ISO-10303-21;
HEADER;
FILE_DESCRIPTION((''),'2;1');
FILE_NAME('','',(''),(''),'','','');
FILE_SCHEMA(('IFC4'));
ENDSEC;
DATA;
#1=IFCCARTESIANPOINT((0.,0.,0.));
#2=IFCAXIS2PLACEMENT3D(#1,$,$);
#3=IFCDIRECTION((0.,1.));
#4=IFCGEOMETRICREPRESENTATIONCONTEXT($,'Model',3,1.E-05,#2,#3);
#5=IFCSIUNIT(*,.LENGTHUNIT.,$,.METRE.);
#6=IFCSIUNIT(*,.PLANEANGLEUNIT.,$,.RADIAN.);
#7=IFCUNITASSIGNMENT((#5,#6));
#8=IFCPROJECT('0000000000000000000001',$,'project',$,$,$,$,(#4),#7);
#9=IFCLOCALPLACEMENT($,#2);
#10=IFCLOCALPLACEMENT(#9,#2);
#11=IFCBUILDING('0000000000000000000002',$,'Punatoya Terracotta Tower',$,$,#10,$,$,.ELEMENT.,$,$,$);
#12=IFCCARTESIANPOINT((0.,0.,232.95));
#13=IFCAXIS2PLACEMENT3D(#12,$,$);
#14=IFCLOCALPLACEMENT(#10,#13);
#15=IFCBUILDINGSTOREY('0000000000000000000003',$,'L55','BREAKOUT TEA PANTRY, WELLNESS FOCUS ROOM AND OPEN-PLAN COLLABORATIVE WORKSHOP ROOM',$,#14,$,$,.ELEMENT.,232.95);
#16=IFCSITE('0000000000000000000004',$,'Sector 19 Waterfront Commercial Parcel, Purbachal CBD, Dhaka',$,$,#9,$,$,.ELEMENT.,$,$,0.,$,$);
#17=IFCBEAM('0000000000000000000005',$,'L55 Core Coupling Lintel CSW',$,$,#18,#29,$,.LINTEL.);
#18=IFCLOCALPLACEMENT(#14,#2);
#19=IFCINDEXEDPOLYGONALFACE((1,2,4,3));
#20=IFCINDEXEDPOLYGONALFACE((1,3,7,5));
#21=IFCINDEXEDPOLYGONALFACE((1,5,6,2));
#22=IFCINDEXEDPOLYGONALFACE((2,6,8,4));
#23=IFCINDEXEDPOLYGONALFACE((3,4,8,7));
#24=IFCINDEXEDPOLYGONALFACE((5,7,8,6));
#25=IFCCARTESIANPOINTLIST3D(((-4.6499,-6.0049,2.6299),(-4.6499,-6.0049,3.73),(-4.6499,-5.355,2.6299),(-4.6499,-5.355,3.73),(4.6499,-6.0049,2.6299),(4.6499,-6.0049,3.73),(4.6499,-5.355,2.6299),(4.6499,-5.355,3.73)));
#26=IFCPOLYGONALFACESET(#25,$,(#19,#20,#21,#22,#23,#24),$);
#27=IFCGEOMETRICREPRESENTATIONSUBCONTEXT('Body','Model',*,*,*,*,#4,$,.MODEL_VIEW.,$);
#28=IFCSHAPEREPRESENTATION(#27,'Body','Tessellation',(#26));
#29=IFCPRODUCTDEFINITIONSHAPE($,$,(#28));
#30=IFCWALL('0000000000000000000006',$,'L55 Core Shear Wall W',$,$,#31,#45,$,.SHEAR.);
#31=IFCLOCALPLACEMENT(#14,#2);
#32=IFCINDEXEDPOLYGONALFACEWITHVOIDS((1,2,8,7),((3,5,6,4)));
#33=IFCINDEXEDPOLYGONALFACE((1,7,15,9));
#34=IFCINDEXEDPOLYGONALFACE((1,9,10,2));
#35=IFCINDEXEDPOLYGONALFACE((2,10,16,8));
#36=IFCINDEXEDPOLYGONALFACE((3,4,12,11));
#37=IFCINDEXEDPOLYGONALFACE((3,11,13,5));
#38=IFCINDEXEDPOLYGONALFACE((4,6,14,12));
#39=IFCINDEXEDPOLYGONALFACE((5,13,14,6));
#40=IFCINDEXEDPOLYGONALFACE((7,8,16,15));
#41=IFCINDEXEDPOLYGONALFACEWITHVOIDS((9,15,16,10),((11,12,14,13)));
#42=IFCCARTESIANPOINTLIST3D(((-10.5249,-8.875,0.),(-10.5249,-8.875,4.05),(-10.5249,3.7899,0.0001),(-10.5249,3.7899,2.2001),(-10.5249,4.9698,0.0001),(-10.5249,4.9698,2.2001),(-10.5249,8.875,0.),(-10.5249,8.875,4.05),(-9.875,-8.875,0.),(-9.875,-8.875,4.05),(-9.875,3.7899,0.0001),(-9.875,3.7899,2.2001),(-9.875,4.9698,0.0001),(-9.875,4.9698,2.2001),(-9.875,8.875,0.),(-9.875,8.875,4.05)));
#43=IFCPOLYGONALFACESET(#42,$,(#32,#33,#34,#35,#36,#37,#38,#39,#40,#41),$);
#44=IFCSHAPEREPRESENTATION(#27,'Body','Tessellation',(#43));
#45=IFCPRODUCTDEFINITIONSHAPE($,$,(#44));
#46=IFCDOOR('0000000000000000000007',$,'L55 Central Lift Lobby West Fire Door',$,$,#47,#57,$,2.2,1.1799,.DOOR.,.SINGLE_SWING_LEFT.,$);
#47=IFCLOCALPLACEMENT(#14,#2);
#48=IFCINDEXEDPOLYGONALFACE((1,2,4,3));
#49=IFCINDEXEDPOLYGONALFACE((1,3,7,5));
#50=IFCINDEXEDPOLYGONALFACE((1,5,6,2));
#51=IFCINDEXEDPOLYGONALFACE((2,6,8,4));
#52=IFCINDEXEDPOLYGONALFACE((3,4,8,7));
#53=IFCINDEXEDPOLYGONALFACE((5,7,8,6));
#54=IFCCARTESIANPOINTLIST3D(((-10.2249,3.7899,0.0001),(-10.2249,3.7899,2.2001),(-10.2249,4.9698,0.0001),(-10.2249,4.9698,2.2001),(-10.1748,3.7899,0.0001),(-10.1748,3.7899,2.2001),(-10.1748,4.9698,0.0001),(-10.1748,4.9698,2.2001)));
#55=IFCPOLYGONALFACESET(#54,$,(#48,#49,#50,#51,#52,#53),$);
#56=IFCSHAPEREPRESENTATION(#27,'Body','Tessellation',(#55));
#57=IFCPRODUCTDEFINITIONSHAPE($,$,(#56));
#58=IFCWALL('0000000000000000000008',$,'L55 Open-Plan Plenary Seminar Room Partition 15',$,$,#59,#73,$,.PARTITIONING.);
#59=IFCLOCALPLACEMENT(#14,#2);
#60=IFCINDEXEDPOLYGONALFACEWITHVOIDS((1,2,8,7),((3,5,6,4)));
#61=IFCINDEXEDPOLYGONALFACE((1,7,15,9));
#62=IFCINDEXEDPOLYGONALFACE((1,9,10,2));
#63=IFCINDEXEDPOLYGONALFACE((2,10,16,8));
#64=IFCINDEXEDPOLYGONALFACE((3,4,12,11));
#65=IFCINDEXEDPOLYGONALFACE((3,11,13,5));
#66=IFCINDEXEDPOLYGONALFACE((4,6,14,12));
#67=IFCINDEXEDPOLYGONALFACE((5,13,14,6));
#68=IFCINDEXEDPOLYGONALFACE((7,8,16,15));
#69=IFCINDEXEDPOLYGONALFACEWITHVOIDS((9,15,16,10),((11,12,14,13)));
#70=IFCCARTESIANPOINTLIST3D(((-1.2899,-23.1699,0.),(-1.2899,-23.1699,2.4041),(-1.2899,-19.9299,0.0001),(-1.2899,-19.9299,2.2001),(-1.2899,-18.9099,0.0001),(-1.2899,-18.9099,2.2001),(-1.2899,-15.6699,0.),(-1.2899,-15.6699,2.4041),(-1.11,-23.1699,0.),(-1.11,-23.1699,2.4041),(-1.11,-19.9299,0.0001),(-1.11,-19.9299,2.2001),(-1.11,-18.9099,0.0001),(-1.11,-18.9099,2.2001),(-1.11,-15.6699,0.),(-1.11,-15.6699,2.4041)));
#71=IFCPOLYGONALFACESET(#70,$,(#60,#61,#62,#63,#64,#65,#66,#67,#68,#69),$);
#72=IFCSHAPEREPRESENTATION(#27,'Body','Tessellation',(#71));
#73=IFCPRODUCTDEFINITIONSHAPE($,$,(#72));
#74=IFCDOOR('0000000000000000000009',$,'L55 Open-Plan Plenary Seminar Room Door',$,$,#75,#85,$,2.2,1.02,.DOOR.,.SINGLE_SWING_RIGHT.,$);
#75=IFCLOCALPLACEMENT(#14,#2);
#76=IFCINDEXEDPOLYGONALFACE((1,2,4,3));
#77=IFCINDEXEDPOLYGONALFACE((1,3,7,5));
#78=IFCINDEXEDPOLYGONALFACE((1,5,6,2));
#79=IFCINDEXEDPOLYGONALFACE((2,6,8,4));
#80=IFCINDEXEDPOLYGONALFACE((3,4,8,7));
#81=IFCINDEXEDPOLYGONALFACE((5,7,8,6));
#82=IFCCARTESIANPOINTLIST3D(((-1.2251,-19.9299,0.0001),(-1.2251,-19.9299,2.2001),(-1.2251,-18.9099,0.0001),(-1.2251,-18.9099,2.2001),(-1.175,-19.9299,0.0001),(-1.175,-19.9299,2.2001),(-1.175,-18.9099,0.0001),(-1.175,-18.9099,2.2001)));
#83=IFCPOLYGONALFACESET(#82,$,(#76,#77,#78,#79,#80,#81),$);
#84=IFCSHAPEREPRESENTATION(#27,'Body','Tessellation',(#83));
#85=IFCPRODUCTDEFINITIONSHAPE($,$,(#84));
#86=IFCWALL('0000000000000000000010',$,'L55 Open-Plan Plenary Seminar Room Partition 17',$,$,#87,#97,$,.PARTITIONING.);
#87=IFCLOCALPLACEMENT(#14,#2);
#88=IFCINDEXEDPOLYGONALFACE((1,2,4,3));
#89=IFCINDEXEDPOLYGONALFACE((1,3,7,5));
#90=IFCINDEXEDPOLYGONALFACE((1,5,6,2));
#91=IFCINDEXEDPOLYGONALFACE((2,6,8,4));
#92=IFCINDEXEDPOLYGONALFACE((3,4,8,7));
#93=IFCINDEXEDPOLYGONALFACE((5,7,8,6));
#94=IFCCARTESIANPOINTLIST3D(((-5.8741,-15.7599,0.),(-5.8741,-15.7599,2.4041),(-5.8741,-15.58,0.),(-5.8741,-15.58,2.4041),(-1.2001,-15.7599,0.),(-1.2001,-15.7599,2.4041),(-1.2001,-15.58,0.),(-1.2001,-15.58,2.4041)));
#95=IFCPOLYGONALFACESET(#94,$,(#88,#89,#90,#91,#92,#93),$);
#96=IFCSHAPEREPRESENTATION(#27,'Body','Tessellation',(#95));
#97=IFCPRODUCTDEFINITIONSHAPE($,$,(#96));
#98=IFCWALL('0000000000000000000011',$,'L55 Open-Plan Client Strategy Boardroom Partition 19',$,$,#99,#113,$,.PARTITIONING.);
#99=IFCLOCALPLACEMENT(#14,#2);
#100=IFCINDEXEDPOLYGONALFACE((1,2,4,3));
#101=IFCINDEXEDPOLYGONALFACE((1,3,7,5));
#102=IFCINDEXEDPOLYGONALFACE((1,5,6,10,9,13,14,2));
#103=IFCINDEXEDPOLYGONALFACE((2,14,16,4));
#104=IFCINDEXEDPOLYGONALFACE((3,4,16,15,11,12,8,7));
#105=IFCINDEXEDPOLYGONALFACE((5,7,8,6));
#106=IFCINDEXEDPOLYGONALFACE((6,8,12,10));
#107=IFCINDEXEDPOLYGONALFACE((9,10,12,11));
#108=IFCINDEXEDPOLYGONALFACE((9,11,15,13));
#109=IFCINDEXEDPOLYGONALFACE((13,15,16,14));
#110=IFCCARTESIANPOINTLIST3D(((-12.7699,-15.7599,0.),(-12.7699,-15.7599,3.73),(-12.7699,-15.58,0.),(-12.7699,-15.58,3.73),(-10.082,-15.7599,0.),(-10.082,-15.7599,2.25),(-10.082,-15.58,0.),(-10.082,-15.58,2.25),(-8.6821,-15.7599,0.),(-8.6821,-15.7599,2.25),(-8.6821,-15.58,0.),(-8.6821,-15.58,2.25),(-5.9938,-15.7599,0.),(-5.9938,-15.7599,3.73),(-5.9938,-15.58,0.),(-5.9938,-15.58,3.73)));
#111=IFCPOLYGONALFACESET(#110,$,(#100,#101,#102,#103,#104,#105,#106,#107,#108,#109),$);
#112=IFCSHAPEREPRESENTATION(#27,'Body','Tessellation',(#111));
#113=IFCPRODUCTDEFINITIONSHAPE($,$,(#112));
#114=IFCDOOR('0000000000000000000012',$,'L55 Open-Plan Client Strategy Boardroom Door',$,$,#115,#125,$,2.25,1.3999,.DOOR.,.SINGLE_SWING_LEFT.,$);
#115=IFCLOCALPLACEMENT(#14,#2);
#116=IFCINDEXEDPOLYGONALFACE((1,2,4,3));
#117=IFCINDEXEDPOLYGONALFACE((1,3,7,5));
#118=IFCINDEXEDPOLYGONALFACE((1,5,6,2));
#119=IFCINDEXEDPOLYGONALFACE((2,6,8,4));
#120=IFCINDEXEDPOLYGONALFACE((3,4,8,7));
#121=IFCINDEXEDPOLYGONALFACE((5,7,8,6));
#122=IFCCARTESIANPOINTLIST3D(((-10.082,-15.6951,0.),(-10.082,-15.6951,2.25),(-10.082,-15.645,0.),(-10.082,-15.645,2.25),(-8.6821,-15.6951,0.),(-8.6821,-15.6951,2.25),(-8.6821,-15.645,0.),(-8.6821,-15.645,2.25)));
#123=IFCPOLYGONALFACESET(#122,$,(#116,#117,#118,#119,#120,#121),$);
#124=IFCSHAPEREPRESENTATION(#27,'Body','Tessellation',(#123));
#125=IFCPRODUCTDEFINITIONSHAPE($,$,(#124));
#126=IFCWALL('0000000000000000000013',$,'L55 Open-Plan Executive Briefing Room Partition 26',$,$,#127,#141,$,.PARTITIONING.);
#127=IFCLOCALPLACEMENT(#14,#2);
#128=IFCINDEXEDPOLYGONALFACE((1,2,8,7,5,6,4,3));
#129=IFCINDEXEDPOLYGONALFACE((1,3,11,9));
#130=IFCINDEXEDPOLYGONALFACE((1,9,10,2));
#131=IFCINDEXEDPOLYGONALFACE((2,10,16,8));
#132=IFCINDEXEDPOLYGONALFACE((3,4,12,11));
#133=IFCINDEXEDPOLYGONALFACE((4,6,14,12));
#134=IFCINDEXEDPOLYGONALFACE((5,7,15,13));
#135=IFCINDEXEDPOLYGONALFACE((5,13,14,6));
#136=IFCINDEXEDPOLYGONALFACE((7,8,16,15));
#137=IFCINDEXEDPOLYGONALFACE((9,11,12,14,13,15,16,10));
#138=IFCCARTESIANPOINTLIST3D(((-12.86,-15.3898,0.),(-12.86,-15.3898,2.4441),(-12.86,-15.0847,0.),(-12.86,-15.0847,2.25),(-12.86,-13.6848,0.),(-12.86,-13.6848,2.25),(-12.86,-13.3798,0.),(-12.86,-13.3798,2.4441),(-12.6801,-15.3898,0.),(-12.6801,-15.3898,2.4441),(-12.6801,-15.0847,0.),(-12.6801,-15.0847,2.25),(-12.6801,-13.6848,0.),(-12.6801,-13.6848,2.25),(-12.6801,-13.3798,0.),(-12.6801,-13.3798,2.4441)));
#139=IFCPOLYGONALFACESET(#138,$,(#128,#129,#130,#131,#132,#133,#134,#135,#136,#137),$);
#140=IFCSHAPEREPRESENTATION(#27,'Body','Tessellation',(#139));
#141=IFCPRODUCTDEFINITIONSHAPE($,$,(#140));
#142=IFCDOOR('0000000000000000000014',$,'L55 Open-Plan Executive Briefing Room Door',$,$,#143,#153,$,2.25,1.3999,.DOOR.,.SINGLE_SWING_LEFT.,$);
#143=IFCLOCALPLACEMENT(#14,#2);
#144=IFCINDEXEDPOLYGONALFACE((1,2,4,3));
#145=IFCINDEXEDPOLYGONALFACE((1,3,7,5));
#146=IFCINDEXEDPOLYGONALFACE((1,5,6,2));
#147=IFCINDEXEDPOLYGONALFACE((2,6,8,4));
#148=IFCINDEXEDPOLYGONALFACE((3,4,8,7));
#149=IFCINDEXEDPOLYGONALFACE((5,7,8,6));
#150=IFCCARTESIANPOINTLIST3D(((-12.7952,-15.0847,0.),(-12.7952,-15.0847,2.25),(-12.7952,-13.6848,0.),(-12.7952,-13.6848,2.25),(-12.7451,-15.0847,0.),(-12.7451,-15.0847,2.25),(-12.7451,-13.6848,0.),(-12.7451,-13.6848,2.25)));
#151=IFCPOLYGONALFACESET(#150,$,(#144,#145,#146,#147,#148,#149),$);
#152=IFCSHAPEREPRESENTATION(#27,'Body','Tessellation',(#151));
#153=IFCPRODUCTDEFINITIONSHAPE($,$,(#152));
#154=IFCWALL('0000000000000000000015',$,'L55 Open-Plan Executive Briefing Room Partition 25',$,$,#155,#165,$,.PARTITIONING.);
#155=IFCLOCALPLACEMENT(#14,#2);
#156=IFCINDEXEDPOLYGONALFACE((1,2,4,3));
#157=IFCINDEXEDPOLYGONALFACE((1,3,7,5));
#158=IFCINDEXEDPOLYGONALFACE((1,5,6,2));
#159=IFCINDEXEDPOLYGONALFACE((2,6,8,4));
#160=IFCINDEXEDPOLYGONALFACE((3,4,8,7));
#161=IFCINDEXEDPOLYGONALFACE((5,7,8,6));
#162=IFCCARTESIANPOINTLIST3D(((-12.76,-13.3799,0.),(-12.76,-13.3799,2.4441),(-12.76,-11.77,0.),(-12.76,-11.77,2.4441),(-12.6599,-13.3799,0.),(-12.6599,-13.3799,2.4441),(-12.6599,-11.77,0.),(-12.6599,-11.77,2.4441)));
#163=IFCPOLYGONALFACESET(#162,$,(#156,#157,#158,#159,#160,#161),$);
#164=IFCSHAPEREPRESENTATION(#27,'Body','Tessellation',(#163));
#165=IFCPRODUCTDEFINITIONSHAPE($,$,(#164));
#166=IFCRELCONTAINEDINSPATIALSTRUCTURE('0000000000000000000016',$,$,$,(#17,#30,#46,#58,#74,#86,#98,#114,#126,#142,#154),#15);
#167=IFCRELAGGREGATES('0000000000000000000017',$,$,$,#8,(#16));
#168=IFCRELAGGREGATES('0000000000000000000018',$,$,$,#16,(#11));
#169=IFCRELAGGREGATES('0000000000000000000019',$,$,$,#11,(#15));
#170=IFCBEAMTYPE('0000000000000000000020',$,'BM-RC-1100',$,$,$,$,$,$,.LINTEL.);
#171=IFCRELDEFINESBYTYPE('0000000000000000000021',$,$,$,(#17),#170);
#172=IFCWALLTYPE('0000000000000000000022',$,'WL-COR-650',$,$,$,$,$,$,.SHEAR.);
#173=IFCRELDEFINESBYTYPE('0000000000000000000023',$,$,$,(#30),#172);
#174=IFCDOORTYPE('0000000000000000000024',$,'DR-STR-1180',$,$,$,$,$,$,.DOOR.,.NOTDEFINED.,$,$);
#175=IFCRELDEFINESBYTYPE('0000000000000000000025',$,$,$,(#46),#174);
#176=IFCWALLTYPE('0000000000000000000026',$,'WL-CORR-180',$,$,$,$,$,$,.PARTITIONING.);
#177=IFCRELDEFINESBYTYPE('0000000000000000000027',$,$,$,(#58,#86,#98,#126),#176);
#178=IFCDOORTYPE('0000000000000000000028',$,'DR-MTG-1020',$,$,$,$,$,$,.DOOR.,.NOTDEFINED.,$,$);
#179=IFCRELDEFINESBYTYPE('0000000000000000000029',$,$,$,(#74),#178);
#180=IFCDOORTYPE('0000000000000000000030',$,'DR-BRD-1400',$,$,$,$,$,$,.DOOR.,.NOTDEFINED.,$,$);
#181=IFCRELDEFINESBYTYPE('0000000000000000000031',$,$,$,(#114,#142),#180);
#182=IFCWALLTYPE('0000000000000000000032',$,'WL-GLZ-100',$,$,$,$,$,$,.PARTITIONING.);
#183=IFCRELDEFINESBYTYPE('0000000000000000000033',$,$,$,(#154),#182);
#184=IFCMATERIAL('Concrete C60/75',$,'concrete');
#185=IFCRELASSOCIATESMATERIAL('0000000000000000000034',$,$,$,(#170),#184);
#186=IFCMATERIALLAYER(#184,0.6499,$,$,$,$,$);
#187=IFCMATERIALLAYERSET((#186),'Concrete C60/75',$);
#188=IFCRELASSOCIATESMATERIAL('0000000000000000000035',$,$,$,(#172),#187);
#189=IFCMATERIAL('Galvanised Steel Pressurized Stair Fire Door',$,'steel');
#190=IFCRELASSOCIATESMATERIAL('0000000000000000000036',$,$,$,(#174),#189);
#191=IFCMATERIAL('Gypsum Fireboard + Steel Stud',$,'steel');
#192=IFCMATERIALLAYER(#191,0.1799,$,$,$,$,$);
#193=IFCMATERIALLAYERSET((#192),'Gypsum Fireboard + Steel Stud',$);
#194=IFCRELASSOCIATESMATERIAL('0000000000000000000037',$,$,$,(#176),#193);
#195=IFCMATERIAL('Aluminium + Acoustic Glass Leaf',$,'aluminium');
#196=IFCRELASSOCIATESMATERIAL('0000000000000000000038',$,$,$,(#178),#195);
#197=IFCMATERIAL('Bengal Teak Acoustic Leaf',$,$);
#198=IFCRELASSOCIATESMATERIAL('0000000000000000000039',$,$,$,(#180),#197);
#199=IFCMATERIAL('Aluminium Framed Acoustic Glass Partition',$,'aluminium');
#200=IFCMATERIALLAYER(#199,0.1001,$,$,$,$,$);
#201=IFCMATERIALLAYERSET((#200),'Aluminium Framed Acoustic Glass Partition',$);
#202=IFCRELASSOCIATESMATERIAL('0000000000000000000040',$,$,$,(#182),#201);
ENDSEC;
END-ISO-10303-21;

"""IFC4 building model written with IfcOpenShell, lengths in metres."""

from ifc_helpers import new_model, si_unit, direction, frame, frame_2d, origin, origin_2d, place, context, subcontext, project, spatial, rectangle, extrude, material, layer, layer_set, material_profile, profile_set, type_object, element, fill, save


model = new_model("IFC4")

# Units and contexts
model_context = context("Model", 3, precision=1e-05, world=origin(), true_north=direction((0.0, 1.0)))
body_context = subcontext(model_context, "Body", "Model", "MODEL_VIEW")
ifc_project = project(units=[si_unit("LENGTHUNIT", "METRE"), si_unit("PLANEANGLEUNIT", "RADIAN")], contexts=[model_context])

# Site, building, storey
site_placement = place(None, origin())
site = spatial("IfcSite", under=ifc_project, at=site_placement, Name="Sector 19 Waterfront Commercial Parcel, Purbachal CBD, Dhaka", CompositionType="ELEMENT", RefElevation=0.0)
building_placement = place(site_placement, origin())
building = spatial("IfcBuilding", under=site, at=building_placement, Name="Punatoya Terracotta Tower", CompositionType="ELEMENT")
storey_placement = place(building_placement, frame((0.0, 0.0, 232.95)))
storey = spatial("IfcBuildingStorey", under=building, at=storey_placement, Name="L55", Description="BREAKOUT TEA PANTRY, WELLNESS FOCUS ROOM AND OPEN-PLAN COLLABORATIVE WORKSHOP ROOM", CompositionType="ELEMENT", Elevation=232.95)

# Beam
ifc_material_1 = material(Name="Concrete C60/75", Category="concrete")
ifc_material_profile = material_profile(ifc_material_1, rectangle(XDim=0.6499, YDim=1.1001, at=origin_2d()))
ifc_profile_set = profile_set([ifc_material_profile], Name="Concrete C60/75")
beam_type = type_object("IfcBeamType", Name="BM-RC-1100", PredefinedType="LINTEL", material=ifc_profile_set)
beam_placement = place(storey_placement, frame((-4.6499, -5.6799, 3.1799), z_axis=(1.0, 0.0, 0.0), x_axis=(0.0, 1.0, 0.0)))
element("IfcBeam", 1, at=beam_placement, inside=storey, type_object=beam_type, Name="L55 Core Coupling Lintel CSW", PredefinedType="LINTEL", context=body_context, shape_type="SweptSolid", body=[
    extrude(rectangle(XDim=0.6499, YDim=1.1001, at=origin_2d()), origin(), (0.0, 0.0, 1.0), 9.2998),
])

# Walls, openings, doors
ifc_layer_1 = layer(ifc_material_1, 0.6499)
ifc_layer_set_1 = layer_set([ifc_layer_1], Name="Concrete C60/75")
wall_type_1 = type_object("IfcWallType", Name="WL-COR-650", PredefinedType="SHEAR", material=ifc_layer_set_1)
wall_1_placement = place(storey_placement, frame((-10.2, -8.875, 0.0), z_axis=(0.0, 0.0, 1.0), x_axis=(0.0, 1.0, 0.0)))
wall_1 = element("IfcWall", 2, at=wall_1_placement, inside=storey, type_object=wall_type_1, Name="L55 Core Shear Wall W", PredefinedType="SHEAR", context=body_context, shape_type="SweptSolid", body=[
    extrude(rectangle(XDim=17.75, YDim=0.6499, at=frame_2d((8.875, 0.0))), origin(), (0.0, 0.0, 1.0), 4.05),
])
opening_1_placement = place(wall_1_placement, frame((12.665, 0.0, 0.0)))
opening_1 = element("IfcOpeningElement", 3, at=opening_1_placement, cuts=wall_1, PredefinedType="OPENING", context=body_context, shape_type="SweptSolid", body=[
    extrude(rectangle(XDim=1.1799, YDim=2.2, at=frame_2d((0.5898, 1.1001))), frame((0.0, 0.335, 0.0), z_axis=(0.0, -1.0, 0.0), x_axis=(1.0, 0.0, 0.0)), (0.0, 0.0, 1.0), 0.6699),
])
ifc_material_2 = material(Name="Galvanised Steel Pressurized Stair Fire Door", Category="steel")
door_type_1 = type_object("IfcDoorType", Name="DR-STR-1180", OperationType="NOTDEFINED", PredefinedType="DOOR", material=ifc_material_2)
door_1_placement = place(opening_1_placement, origin())
door_1 = element("IfcDoor", 4, at=door_1_placement, inside=storey, type_object=door_type_1, Name="L55 Central Lift Lobby West Fire Door", OperationType="SINGLE_SWING_LEFT", OverallHeight=2.2, OverallWidth=1.1799, PredefinedType="DOOR", context=body_context, shape_type="SweptSolid", body=[
    extrude(rectangle(XDim=1.1799, YDim=2.2, at=frame_2d((0.5898, 1.1001))), frame((0.0, 0.0249, 0.0), z_axis=(0.0, -1.0, 0.0), x_axis=(1.0, 0.0, 0.0)), (0.0, 0.0, 1.0), 0.05),
])
fill(opening_1, door_1)
ifc_material_3 = material(Name="Gypsum Fireboard + Steel Stud", Category="steel")
ifc_layer_2 = layer(ifc_material_3, 0.1799)
ifc_layer_set_2 = layer_set([ifc_layer_2], Name="Gypsum Fireboard + Steel Stud")
wall_type_2 = type_object("IfcWallType", Name="WL-CORR-180", PredefinedType="PARTITIONING", material=ifc_layer_set_2)
wall_2_placement = place(storey_placement, frame((-1.2, -15.6699, 0.0), z_axis=(0.0, 0.0, 1.0), x_axis=(0.0, -1.0, 0.0)))
wall_2 = element("IfcWall", 5, at=wall_2_placement, inside=storey, type_object=wall_type_2, Name="L55 Open-Plan Plenary Seminar Room Partition 15", PredefinedType="PARTITIONING", context=body_context, shape_type="SweptSolid", body=[
    extrude(rectangle(XDim=7.5, YDim=0.1799, at=frame_2d((3.75, 0.0))), origin(), (0.0, 0.0, 1.0), 2.4041),
])
opening_2_placement = place(wall_2_placement, frame((3.24, 0.0, 0.0)))
opening_2 = element("IfcOpeningElement", 6, at=opening_2_placement, cuts=wall_2, PredefinedType="OPENING", context=body_context, shape_type="SweptSolid", body=[
    extrude(rectangle(XDim=1.02, YDim=2.2, at=frame_2d((0.51, 1.1001))), frame((0.0, 0.0999, 0.0), z_axis=(0.0, -1.0, 0.0), x_axis=(1.0, 0.0, 0.0)), (0.0, 0.0, 1.0), 0.2),
])
ifc_material_4 = material(Name="Aluminium + Acoustic Glass Leaf", Category="aluminium")
door_type_2 = type_object("IfcDoorType", Name="DR-MTG-1020", OperationType="NOTDEFINED", PredefinedType="DOOR", material=ifc_material_4)
door_2_placement = place(opening_2_placement, origin())
door_2 = element("IfcDoor", 7, at=door_2_placement, inside=storey, type_object=door_type_2, Name="L55 Open-Plan Plenary Seminar Room Door", OperationType="SINGLE_SWING_RIGHT", OverallHeight=2.2, OverallWidth=1.02, PredefinedType="DOOR", context=body_context, shape_type="SweptSolid", body=[
    extrude(rectangle(XDim=1.02, YDim=2.2, at=frame_2d((0.51, 1.1001))), frame((0.0, 0.0249, 0.0), z_axis=(0.0, -1.0, 0.0), x_axis=(1.0, 0.0, 0.0)), (0.0, 0.0, 1.0), 0.05),
])
fill(opening_2, door_2)

# Wall
wall_3_placement = place(storey_placement, frame((-5.874, -15.6699, 0.0), z_axis=(0.0, 0.0, 1.0), x_axis=(1.0, 0.0, 0.0)))
element("IfcWall", 8, at=wall_3_placement, inside=storey, type_object=wall_type_2, Name="L55 Open-Plan Plenary Seminar Room Partition 17", PredefinedType="PARTITIONING", context=body_context, shape_type="SweptSolid", body=[
    extrude(rectangle(XDim=4.6741, YDim=0.1799, at=frame_2d((2.3369, 0.0))), origin(), (0.0, 0.0, 1.0), 2.4041),
])

# Walls, openings, doors
wall_4_placement = place(storey_placement, frame((-12.77, -15.6699, 0.0), z_axis=(0.0, 0.0, 1.0), x_axis=(1.0, 0.0, 0.0)))
wall_4 = element("IfcWall", 9, at=wall_4_placement, inside=storey, type_object=wall_type_2, Name="L55 Open-Plan Client Strategy Boardroom Partition 19", PredefinedType="PARTITIONING", context=body_context, shape_type="SweptSolid", body=[
    extrude(rectangle(XDim=6.7761, YDim=0.1799, at=frame_2d((3.3882, 0.0))), origin(), (0.0, 0.0, 1.0), 3.73),
])
opening_3_placement = place(wall_4_placement, frame((2.688, 0.0, 0.0)))
opening_3 = element("IfcOpeningElement", 10, at=opening_3_placement, cuts=wall_4, PredefinedType="OPENING", context=body_context, shape_type="SweptSolid", body=[
    extrude(rectangle(XDim=1.3999, YDim=2.25, at=frame_2d((0.7, 1.125))), frame((0.0, 0.0999, 0.0), z_axis=(0.0, -1.0, 0.0), x_axis=(1.0, 0.0, 0.0)), (0.0, 0.0, 1.0), 0.2),
])
ifc_material_5 = material(Name="Bengal Teak Acoustic Leaf")
door_type_3 = type_object("IfcDoorType", Name="DR-BRD-1400", OperationType="NOTDEFINED", PredefinedType="DOOR", material=ifc_material_5)
door_3_placement = place(opening_3_placement, origin())
door_3 = element("IfcDoor", 11, at=door_3_placement, inside=storey, type_object=door_type_3, Name="L55 Open-Plan Client Strategy Boardroom Door", OperationType="SINGLE_SWING_LEFT", OverallHeight=2.25, OverallWidth=1.3999, PredefinedType="DOOR", context=body_context, shape_type="SweptSolid", body=[
    extrude(rectangle(XDim=1.3999, YDim=2.25, at=frame_2d((0.7, 1.125))), frame((0.0, 0.0249, 0.0), z_axis=(0.0, -1.0, 0.0), x_axis=(1.0, 0.0, 0.0)), (0.0, 0.0, 1.0), 0.05),
])
fill(opening_3, door_3)
wall_5_placement = place(storey_placement, frame((-12.77, -13.3799, 0.0), z_axis=(0.0, 0.0, 1.0), x_axis=(0.0, -1.0, 0.0)))
wall_5 = element("IfcWall", 12, at=wall_5_placement, inside=storey, type_object=wall_type_2, Name="L55 Open-Plan Executive Briefing Room Partition 26", PredefinedType="PARTITIONING", context=body_context, shape_type="SweptSolid", body=[
    extrude(rectangle(XDim=2.01, YDim=0.1799, at=frame_2d((1.0049, 0.0))), origin(), (0.0, 0.0, 1.0), 2.4441),
])
opening_4_placement = place(wall_5_placement, frame((0.3049, 0.0, 0.0)))
opening_4 = element("IfcOpeningElement", 13, at=opening_4_placement, cuts=wall_5, PredefinedType="OPENING", context=body_context, shape_type="SweptSolid", body=[
    extrude(rectangle(XDim=1.3999, YDim=2.25, at=frame_2d((0.7, 1.125))), frame((0.0, 0.0999, 0.0), z_axis=(0.0, -1.0, 0.0), x_axis=(1.0, 0.0, 0.0)), (0.0, 0.0, 1.0), 0.2),
])
door_4_placement = place(opening_4_placement, origin())
door_4 = element("IfcDoor", 14, at=door_4_placement, inside=storey, type_object=door_type_3, Name="L55 Open-Plan Executive Briefing Room Door", OperationType="SINGLE_SWING_LEFT", OverallHeight=2.25, OverallWidth=1.3999, PredefinedType="DOOR", context=body_context, shape_type="SweptSolid", body=[
    extrude(rectangle(XDim=1.3999, YDim=2.25, at=frame_2d((0.7, 1.125))), frame((0.0, 0.0249, 0.0), z_axis=(0.0, -1.0, 0.0), x_axis=(1.0, 0.0, 0.0)), (0.0, 0.0, 1.0), 0.05),
])
fill(opening_4, door_4)

# Wall
ifc_material_6 = material(Name="Aluminium Framed Acoustic Glass Partition", Category="aluminium")
ifc_layer_3 = layer(ifc_material_6, 0.1001)
ifc_layer_set_3 = layer_set([ifc_layer_3], Name="Aluminium Framed Acoustic Glass Partition")
wall_type_3 = type_object("IfcWallType", Name="WL-GLZ-100", PredefinedType="PARTITIONING", material=ifc_layer_set_3)
wall_6_placement = place(storey_placement, frame((-12.71, -11.77, 0.0), z_axis=(0.0, 0.0, 1.0), x_axis=(0.0, -1.0, 0.0)))
element("IfcWall", 15, at=wall_6_placement, inside=storey, type_object=wall_type_3, Name="L55 Open-Plan Executive Briefing Room Partition 25", PredefinedType="PARTITIONING", context=body_context, shape_type="SweptSolid", body=[
    extrude(rectangle(XDim=1.6099, YDim=0.1001, at=frame_2d((0.8049, 0.0))), origin(), (0.0, 0.0, 1.0), 2.4441),
])

save(model, "model.ifc")
